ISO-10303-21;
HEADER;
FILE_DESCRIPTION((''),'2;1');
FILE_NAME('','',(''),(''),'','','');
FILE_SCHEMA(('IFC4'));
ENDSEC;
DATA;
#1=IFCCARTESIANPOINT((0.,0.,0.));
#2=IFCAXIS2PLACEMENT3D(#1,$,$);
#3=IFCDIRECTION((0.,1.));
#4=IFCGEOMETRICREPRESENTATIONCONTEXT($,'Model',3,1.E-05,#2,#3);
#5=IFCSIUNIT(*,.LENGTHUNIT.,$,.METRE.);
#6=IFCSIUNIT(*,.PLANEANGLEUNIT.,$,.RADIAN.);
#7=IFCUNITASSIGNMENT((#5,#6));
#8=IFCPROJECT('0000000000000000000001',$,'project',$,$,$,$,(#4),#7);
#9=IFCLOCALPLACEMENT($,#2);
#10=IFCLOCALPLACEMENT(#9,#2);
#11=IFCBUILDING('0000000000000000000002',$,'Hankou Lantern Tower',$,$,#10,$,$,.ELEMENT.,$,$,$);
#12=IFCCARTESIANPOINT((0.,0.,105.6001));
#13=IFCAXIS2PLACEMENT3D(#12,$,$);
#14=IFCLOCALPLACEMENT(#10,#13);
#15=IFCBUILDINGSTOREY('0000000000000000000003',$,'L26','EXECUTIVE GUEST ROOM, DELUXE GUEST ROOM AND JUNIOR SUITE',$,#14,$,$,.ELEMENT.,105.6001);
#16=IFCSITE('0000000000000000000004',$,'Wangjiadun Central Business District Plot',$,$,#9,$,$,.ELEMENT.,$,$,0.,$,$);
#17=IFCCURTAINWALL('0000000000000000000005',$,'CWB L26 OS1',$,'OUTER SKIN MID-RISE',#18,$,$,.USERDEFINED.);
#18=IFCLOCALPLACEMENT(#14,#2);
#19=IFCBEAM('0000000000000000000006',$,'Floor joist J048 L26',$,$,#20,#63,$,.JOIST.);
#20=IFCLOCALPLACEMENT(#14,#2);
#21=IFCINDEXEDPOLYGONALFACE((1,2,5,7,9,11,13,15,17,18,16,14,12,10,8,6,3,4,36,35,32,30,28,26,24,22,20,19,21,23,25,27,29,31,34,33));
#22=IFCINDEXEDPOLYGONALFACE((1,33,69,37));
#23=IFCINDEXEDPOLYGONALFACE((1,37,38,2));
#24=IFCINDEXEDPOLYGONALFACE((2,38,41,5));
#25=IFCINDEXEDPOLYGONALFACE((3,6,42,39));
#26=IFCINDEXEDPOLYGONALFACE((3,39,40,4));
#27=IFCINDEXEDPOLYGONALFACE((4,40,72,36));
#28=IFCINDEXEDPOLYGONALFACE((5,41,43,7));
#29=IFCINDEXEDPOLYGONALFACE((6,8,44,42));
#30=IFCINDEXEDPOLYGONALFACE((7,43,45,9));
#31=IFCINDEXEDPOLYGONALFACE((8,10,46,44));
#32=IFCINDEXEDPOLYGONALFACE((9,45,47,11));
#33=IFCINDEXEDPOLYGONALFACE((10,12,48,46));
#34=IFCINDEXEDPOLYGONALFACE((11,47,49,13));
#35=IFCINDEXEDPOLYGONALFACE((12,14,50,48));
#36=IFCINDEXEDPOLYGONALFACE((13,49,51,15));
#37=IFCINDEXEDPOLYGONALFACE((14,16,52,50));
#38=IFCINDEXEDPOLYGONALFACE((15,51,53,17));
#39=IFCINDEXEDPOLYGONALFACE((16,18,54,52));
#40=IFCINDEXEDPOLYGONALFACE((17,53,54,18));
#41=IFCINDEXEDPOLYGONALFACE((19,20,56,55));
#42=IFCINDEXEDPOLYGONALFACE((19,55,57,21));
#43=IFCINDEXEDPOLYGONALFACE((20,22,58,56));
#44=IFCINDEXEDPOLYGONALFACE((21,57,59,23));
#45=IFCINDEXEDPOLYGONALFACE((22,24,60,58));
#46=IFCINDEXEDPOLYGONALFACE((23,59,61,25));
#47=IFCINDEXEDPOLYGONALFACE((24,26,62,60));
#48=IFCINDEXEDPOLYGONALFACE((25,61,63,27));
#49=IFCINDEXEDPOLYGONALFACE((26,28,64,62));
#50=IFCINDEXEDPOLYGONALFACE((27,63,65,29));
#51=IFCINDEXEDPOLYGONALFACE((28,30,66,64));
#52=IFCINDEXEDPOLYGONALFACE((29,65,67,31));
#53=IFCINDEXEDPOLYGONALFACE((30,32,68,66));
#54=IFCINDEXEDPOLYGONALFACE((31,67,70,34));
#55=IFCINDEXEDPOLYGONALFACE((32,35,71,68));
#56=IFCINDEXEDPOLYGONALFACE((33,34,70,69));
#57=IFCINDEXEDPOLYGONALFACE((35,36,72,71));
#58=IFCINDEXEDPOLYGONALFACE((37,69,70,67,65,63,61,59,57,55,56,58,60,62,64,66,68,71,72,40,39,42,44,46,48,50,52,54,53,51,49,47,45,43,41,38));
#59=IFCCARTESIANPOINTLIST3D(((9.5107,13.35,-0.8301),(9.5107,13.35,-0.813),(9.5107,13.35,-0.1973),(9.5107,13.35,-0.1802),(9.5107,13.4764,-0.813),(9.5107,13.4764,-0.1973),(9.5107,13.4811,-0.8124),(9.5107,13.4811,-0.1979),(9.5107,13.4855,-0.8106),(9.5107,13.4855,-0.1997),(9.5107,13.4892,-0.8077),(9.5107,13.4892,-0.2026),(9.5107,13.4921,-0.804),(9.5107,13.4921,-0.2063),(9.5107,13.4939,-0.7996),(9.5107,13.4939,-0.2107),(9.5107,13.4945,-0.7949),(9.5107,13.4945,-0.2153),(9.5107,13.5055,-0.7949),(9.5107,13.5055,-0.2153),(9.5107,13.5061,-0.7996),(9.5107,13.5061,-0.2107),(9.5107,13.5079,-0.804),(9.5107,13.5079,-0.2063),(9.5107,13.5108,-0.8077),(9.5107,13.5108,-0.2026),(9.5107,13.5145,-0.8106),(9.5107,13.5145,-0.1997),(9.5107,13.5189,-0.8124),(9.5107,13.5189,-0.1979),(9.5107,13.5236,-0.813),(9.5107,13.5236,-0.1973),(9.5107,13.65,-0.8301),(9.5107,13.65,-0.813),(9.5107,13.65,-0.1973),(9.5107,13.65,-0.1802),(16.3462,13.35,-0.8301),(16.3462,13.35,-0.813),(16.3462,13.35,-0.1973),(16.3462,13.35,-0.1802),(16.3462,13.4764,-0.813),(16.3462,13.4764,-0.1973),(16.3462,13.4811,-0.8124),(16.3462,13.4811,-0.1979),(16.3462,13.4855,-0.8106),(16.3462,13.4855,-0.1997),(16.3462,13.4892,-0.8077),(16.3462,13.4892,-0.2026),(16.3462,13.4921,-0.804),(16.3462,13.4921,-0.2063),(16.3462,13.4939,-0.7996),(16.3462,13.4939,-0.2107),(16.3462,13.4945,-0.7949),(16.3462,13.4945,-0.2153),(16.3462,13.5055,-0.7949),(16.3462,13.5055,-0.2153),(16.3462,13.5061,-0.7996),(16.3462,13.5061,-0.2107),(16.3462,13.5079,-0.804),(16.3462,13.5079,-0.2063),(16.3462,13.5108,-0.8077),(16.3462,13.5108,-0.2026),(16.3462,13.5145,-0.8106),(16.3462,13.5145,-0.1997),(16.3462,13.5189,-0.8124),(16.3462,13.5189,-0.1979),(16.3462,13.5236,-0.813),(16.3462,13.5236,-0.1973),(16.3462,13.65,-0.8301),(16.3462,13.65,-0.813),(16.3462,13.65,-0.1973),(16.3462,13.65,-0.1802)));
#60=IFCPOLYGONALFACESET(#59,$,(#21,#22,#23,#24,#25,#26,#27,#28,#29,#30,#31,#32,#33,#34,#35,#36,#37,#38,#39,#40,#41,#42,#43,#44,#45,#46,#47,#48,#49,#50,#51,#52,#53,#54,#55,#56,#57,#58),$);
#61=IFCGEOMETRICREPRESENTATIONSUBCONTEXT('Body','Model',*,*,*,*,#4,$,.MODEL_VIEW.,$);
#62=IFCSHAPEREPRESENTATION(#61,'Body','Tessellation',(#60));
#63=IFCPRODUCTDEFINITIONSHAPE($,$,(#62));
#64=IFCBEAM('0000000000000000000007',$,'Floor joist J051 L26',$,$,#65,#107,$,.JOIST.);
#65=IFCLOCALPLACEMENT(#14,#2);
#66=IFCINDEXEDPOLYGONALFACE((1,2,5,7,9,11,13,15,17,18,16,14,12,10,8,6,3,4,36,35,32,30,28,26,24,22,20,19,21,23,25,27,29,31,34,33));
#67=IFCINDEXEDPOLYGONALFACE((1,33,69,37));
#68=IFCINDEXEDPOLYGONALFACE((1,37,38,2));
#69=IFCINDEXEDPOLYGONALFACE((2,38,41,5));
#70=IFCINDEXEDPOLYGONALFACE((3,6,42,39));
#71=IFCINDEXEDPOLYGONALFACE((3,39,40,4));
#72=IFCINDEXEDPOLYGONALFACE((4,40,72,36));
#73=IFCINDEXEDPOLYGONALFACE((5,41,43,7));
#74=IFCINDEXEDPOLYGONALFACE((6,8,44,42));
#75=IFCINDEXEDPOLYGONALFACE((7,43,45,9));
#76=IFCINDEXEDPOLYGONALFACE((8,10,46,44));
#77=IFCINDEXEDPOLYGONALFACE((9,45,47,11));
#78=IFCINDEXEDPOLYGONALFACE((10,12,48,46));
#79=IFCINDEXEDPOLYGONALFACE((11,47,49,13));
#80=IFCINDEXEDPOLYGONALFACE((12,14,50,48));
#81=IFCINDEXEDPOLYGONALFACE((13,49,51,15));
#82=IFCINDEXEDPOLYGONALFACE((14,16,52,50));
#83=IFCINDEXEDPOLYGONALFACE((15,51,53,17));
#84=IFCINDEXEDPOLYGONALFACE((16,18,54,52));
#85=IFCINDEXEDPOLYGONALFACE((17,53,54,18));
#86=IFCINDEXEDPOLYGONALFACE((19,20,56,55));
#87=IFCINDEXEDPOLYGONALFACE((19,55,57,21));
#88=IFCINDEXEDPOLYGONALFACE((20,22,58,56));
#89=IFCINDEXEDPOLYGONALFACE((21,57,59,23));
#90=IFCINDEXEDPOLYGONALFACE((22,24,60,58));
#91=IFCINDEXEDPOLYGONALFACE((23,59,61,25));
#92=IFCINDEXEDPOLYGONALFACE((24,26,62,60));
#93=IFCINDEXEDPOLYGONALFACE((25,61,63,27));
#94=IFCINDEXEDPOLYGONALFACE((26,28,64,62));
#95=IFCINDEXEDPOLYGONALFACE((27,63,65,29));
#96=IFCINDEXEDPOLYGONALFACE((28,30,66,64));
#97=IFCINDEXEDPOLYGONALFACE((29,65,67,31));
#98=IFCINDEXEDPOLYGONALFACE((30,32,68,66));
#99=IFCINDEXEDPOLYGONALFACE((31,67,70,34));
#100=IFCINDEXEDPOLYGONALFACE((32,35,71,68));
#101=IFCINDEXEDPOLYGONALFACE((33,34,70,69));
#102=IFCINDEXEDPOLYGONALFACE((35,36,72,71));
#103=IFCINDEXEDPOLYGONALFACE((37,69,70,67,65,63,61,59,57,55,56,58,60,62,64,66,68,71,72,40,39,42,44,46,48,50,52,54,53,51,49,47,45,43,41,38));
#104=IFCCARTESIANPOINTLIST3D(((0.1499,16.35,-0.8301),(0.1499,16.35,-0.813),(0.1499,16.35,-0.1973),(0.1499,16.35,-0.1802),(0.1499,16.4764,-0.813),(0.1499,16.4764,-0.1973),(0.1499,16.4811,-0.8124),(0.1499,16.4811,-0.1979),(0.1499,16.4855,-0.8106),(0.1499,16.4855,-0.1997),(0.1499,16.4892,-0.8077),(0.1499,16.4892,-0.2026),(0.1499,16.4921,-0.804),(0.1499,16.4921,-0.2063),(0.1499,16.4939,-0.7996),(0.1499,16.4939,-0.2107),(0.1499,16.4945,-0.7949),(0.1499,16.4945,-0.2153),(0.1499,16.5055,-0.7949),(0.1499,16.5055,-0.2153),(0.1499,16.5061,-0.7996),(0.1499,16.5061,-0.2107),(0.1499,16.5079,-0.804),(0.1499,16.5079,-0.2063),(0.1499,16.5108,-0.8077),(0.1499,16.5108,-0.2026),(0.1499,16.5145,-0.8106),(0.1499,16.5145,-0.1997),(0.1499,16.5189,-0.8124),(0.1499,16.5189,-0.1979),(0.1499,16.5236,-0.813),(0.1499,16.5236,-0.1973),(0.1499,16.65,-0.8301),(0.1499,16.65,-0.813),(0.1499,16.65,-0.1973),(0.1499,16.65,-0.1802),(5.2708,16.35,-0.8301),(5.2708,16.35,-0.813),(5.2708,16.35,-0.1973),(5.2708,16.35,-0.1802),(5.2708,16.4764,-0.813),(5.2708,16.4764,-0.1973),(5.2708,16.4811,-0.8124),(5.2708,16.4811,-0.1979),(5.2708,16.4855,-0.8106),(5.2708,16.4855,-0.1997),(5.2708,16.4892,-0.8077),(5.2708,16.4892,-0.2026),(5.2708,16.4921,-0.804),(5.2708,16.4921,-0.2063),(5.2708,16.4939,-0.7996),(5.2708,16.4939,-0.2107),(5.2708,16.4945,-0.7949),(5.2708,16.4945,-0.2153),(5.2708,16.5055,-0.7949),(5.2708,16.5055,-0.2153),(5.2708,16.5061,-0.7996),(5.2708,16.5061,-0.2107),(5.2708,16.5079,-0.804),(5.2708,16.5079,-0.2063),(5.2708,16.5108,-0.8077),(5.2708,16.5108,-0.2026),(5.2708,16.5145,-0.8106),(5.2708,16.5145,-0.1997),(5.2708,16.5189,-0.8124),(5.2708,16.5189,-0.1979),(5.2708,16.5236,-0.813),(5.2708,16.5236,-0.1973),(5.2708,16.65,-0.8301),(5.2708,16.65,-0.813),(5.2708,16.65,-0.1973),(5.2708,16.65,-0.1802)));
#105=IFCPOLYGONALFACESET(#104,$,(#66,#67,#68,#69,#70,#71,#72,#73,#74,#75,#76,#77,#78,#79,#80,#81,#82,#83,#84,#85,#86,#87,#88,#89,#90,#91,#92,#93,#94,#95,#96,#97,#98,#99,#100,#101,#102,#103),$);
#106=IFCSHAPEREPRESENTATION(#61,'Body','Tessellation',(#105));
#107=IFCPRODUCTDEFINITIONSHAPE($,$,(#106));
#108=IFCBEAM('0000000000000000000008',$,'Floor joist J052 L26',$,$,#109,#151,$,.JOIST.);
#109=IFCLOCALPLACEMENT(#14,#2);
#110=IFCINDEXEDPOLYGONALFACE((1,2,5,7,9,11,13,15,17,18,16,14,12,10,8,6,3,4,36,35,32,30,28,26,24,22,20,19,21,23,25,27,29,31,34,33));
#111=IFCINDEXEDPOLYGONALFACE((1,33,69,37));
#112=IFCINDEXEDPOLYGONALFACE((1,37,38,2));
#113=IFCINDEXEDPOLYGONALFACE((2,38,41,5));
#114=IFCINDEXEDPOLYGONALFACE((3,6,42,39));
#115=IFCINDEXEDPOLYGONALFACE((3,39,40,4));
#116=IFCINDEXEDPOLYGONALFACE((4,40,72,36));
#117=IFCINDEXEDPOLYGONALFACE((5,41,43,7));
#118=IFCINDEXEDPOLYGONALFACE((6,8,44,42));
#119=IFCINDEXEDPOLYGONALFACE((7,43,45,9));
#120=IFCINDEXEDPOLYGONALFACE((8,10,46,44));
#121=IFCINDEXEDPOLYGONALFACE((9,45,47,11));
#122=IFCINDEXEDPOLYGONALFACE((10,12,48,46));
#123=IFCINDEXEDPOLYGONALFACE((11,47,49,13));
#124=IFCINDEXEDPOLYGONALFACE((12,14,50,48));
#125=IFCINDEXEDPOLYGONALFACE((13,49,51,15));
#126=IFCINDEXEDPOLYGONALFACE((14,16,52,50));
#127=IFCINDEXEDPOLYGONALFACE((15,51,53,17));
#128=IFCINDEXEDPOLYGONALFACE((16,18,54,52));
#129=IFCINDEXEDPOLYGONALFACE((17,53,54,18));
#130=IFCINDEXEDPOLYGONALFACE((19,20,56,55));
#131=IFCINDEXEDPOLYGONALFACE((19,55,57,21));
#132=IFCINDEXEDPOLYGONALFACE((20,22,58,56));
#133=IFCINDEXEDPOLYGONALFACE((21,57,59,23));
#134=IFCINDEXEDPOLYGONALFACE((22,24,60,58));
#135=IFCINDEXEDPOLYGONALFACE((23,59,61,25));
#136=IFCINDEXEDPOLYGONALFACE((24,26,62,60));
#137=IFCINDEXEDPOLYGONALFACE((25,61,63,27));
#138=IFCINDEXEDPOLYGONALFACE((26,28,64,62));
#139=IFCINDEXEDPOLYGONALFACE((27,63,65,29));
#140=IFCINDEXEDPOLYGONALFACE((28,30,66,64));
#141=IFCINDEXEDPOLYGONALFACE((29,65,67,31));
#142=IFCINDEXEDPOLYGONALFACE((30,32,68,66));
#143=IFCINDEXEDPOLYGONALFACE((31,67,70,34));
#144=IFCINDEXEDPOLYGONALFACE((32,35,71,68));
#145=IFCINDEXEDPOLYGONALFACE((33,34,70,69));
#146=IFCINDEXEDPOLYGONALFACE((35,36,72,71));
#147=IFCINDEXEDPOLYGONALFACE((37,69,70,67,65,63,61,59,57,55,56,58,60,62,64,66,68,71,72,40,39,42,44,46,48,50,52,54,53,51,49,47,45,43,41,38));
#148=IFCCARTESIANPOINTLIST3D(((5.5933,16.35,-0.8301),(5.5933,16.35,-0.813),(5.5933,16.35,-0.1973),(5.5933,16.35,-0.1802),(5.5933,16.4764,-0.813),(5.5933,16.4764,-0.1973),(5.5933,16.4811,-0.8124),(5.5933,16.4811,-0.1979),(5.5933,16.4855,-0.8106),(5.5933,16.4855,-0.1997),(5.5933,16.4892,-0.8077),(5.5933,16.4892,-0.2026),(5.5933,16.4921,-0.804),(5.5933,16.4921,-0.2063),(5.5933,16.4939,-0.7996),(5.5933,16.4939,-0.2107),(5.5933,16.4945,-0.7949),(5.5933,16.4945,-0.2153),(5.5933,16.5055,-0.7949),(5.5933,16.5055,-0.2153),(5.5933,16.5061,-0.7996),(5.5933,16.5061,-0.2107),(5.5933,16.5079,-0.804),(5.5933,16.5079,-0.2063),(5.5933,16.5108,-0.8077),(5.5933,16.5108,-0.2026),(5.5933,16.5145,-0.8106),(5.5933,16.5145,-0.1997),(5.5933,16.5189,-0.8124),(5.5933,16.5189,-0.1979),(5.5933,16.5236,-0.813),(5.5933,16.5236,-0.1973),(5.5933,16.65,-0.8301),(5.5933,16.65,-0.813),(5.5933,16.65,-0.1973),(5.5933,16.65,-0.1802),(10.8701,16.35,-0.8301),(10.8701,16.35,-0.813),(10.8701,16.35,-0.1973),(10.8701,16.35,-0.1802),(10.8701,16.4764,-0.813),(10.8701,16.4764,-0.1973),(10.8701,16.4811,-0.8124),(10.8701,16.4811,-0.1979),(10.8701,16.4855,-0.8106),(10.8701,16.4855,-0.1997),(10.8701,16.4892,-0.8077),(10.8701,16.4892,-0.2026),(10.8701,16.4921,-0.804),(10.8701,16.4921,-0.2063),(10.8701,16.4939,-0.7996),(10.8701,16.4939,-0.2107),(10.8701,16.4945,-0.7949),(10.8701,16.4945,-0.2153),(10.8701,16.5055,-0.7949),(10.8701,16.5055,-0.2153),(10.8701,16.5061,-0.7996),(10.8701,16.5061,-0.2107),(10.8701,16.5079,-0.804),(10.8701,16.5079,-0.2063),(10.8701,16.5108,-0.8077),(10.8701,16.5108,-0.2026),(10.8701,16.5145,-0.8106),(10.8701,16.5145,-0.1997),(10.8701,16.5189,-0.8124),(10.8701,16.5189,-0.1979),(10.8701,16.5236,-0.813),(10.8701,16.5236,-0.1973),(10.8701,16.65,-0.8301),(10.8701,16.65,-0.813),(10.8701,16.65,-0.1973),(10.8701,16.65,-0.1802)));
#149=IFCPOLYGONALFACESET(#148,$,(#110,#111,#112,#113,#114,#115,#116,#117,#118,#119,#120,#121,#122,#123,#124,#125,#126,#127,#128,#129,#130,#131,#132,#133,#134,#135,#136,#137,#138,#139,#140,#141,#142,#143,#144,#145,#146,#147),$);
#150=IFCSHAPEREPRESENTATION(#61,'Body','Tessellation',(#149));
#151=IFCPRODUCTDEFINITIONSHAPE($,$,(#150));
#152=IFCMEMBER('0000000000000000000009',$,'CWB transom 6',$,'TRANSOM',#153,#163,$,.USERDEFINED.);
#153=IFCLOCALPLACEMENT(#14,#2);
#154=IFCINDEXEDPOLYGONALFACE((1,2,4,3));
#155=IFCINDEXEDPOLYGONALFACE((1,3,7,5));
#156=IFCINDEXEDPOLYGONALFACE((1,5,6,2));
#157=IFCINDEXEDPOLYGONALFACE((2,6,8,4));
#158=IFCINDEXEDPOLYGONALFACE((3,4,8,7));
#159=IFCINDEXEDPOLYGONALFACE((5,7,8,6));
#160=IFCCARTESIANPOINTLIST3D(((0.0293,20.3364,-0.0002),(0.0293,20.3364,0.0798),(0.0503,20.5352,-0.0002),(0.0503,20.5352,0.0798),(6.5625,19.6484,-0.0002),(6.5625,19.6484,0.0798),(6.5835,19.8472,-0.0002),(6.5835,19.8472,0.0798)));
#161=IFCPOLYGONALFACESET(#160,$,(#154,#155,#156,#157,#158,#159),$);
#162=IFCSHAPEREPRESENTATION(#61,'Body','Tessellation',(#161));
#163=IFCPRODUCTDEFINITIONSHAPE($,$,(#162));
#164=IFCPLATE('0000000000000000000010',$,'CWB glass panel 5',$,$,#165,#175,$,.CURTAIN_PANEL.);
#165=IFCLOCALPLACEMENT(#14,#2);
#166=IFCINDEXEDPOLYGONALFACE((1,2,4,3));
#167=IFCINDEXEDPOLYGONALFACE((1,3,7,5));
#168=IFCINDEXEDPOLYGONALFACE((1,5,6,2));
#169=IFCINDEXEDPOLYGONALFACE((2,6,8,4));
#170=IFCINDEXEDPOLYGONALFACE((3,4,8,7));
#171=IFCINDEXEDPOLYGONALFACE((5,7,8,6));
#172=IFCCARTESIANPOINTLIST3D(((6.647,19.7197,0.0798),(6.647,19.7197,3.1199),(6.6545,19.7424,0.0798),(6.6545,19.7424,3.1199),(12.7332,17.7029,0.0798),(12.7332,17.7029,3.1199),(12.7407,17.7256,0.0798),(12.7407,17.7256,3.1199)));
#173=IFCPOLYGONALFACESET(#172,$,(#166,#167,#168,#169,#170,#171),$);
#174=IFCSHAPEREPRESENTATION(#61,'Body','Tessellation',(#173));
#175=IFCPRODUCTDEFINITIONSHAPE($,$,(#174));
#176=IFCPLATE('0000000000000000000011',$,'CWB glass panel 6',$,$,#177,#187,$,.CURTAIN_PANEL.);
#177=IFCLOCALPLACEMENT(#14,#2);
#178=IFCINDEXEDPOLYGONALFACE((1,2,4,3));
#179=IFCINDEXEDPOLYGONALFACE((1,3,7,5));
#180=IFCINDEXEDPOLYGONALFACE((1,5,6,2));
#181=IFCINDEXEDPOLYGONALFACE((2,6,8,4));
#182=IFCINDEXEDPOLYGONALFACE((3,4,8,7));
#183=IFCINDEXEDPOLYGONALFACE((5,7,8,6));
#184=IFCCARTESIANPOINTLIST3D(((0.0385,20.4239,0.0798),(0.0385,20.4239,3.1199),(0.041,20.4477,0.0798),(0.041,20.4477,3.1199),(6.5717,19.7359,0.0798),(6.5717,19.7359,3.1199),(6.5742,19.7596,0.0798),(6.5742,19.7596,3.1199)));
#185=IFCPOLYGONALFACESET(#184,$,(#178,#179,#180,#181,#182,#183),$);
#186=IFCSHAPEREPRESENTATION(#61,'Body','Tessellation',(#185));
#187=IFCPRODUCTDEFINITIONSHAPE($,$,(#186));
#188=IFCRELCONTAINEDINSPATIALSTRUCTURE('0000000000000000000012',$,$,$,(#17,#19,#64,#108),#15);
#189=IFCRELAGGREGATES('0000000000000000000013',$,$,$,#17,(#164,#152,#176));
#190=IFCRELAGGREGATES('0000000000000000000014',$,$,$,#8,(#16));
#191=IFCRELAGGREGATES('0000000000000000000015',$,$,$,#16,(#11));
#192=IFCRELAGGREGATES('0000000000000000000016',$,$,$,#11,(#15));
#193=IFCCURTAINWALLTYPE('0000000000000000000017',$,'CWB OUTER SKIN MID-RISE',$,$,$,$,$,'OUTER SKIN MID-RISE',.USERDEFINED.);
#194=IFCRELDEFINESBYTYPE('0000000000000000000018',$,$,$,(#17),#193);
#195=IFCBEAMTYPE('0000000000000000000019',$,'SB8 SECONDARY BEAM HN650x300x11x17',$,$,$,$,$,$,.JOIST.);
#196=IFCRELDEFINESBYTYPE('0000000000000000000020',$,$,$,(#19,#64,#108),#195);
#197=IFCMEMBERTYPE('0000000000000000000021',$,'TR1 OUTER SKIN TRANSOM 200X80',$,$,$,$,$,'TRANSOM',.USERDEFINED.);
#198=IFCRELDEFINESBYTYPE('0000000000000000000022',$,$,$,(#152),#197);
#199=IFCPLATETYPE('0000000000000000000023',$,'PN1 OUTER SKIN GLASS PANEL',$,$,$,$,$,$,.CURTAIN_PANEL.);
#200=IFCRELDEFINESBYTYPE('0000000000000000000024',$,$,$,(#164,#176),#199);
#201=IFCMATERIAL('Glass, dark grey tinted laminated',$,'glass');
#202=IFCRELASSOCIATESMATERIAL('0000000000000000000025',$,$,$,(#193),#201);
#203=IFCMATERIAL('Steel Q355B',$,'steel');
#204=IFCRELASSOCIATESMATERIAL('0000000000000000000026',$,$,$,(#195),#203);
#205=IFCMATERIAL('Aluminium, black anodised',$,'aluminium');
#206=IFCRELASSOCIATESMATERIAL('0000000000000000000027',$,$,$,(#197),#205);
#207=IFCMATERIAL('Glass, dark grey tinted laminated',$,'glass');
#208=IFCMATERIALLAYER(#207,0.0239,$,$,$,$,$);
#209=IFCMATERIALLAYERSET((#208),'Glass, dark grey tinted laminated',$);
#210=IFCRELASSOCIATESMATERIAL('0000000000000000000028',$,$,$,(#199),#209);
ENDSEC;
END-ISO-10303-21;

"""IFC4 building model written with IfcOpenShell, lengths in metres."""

from ifc_helpers import new_model, si_unit, direction, frame, origin, origin_2d, place, context, subcontext, project, spatial, rectangle, i_section, extrude, material, layer, layer_set, material_profile, profile_set, type_object, element, aggregate, save


model = new_model("IFC4")

# Units and contexts
model_context = context("Model", 3, precision=1e-05, world=origin(), true_north=direction((0.0, 1.0)))
body_context = subcontext(model_context, "Body", "Model", "MODEL_VIEW")
ifc_project = project(units=[si_unit("LENGTHUNIT", "METRE"), si_unit("PLANEANGLEUNIT", "RADIAN")], contexts=[model_context])

# Site, building, storey
site_placement = place(None, origin())
site = spatial("IfcSite", under=ifc_project, at=site_placement, Name="Wangjiadun Central Business District Plot", CompositionType="ELEMENT", RefElevation=0.0)
building_placement = place(site_placement, origin())
building = spatial("IfcBuilding", under=site, at=building_placement, Name="Hankou Lantern Tower", CompositionType="ELEMENT")
storey_placement = place(building_placement, frame((0.0, 0.0, 105.6001)))
storey = spatial("IfcBuildingStorey", under=building, at=storey_placement, Name="L26", Description="EXECUTIVE GUEST ROOM, DELUXE GUEST ROOM AND JUNIOR SUITE", CompositionType="ELEMENT", Elevation=105.6001)

# Curtain wall
ifc_material_1 = material(Name="Glass, dark grey tinted laminated", Category="glass")
curtain_wall_type = type_object("IfcCurtainWallType", Name="CWB OUTER SKIN MID-RISE", ElementType="OUTER SKIN MID-RISE", PredefinedType="USERDEFINED", material=ifc_material_1)
curtain_wall_1_placement = place(storey_placement, origin())
curtain_wall_1 = element("IfcCurtainWall", 1, at=curtain_wall_1_placement, inside=storey, type_object=curtain_wall_type, Name="CWB L26 OS1", ObjectType="OUTER SKIN MID-RISE", PredefinedType="USERDEFINED")

# Beams
ifc_material_2 = material(Name="Steel Q355B", Category="steel")
ifc_material_profile_1 = material_profile(ifc_material_2, i_section(OverallWidth=0.3, OverallDepth=0.6499, WebThickness=0.011, FlangeThickness=0.0171, FilletRadius=0.0181, at=origin_2d()), Name="HN650x300x11x17")
ifc_profile_set_1 = profile_set([ifc_material_profile_1], Name="Steel Q355B")
beam_type_1 = type_object("IfcBeamType", Name="SB8 SECONDARY BEAM HN650x300x11x17", PredefinedType="JOIST", material=ifc_profile_set_1)
beam_1_placement = place(storey_placement, frame((9.5107, 13.5, -0.5051), z_axis=(1.0, 0.0, 0.0), x_axis=(0.0, 1.0, 0.0)))
element("IfcBeam", 2, at=beam_1_placement, inside=storey, type_object=beam_type_1, Name="Floor joist J048 L26", PredefinedType="JOIST", context=body_context, shape_type="SweptSolid", body=[
    extrude(i_section(OverallWidth=0.3, OverallDepth=0.6499, WebThickness=0.011, FlangeThickness=0.0171, FilletRadius=0.0181, at=origin_2d()), origin(), (0.0, 0.0, 1.0), 6.8354),
])
beam_2_placement = place(storey_placement, frame((0.1499, 16.5, -0.5051), z_axis=(1.0, 0.0, 0.0), x_axis=(0.0, 1.0, 0.0)))
element("IfcBeam", 3, at=beam_2_placement, inside=storey, type_object=beam_type_1, Name="Floor joist J051 L26", PredefinedType="JOIST", context=body_context, shape_type="SweptSolid", body=[
    extrude(i_section(OverallWidth=0.3, OverallDepth=0.6499, WebThickness=0.011, FlangeThickness=0.0171, FilletRadius=0.0181, at=origin_2d()), origin(), (0.0, 0.0, 1.0), 5.1208),
])
beam_3_placement = place(storey_placement, frame((5.5933, 16.5, -0.5051), z_axis=(1.0, 0.0, 0.0), x_axis=(0.0, 1.0, 0.0)))
element("IfcBeam", 4, at=beam_3_placement, inside=storey, type_object=beam_type_1, Name="Floor joist J052 L26", PredefinedType="JOIST", context=body_context, shape_type="SweptSolid", body=[
    extrude(i_section(OverallWidth=0.3, OverallDepth=0.6499, WebThickness=0.011, FlangeThickness=0.0171, FilletRadius=0.0181, at=origin_2d()), origin(), (0.0, 0.0, 1.0), 5.2769),
])

# Member
ifc_material_3 = material(Name="Aluminium, black anodised", Category="aluminium")
ifc_material_profile_2 = material_profile(ifc_material_3, rectangle(XDim=0.2, YDim=0.0801, at=origin_2d()), Name="TR1 200X80")
ifc_profile_set_2 = profile_set([ifc_material_profile_2], Name="Aluminium, black anodised")
member_type_1 = type_object("IfcMemberType", Name="TR1 OUTER SKIN TRANSOM 200X80", ElementType="TRANSOM", PredefinedType="USERDEFINED", material=ifc_profile_set_2)
member_1_placement = place(storey_placement, frame((6.573, 19.7478, 0.0398), z_axis=(-0.994501, 0.104727, 0.0), x_axis=(-0.104727, -0.994501, 0.0)))
member_1 = element("IfcMember", 5, at=member_1_placement, type_object=member_type_1, Name="CWB transom 6", ObjectType="TRANSOM", PredefinedType="USERDEFINED", context=body_context, shape_type="SweptSolid", body=[
    extrude(rectangle(XDim=0.2, YDim=0.0801, at=origin_2d()), origin(), (0.0, 0.0, 1.0), 6.5693),
])

# Plates
ifc_material_4 = material(Name="Glass, dark grey tinted laminated", Category="glass")
ifc_layer_1 = layer(ifc_material_4, 0.0239)
ifc_layer_set_1 = layer_set([ifc_layer_1], Name="Glass, dark grey tinted laminated")
plate_type = type_object("IfcPlateType", Name="PN1 OUTER SKIN GLASS PANEL", PredefinedType="CURTAIN_PANEL", material=ifc_layer_set_1)
plate_1_placement = place(storey_placement, frame((9.6938, 18.7227, 0.0798), z_axis=(0.0, 0.0, 1.0), x_axis=(-0.949241, 0.314551, 0.0)))
plate_1 = element("IfcPlate", 6, at=plate_1_placement, type_object=plate_type, Name="CWB glass panel 5", PredefinedType="CURTAIN_PANEL", context=body_context, shape_type="SweptSolid", body=[
    extrude(rectangle(XDim=6.4116, YDim=0.0239, at=origin_2d()), origin(), (0.0, 0.0, 1.0), 3.04),
])
plate_2_placement = place(storey_placement, frame((3.3064, 20.0918, 0.0798), z_axis=(0.0, 0.0, 1.0), x_axis=(-0.994499, 0.104743, 0.0)))
plate_2 = element("IfcPlate", 7, at=plate_2_placement, type_object=plate_type, Name="CWB glass panel 6", PredefinedType="CURTAIN_PANEL", context=body_context, shape_type="SweptSolid", body=[
    extrude(rectangle(XDim=6.5693, YDim=0.0239, at=origin_2d()), origin(), (0.0, 0.0, 1.0), 3.04),
])
aggregate(curtain_wall_1, [plate_1, member_1, plate_2])

save(model, "model.ifc")
